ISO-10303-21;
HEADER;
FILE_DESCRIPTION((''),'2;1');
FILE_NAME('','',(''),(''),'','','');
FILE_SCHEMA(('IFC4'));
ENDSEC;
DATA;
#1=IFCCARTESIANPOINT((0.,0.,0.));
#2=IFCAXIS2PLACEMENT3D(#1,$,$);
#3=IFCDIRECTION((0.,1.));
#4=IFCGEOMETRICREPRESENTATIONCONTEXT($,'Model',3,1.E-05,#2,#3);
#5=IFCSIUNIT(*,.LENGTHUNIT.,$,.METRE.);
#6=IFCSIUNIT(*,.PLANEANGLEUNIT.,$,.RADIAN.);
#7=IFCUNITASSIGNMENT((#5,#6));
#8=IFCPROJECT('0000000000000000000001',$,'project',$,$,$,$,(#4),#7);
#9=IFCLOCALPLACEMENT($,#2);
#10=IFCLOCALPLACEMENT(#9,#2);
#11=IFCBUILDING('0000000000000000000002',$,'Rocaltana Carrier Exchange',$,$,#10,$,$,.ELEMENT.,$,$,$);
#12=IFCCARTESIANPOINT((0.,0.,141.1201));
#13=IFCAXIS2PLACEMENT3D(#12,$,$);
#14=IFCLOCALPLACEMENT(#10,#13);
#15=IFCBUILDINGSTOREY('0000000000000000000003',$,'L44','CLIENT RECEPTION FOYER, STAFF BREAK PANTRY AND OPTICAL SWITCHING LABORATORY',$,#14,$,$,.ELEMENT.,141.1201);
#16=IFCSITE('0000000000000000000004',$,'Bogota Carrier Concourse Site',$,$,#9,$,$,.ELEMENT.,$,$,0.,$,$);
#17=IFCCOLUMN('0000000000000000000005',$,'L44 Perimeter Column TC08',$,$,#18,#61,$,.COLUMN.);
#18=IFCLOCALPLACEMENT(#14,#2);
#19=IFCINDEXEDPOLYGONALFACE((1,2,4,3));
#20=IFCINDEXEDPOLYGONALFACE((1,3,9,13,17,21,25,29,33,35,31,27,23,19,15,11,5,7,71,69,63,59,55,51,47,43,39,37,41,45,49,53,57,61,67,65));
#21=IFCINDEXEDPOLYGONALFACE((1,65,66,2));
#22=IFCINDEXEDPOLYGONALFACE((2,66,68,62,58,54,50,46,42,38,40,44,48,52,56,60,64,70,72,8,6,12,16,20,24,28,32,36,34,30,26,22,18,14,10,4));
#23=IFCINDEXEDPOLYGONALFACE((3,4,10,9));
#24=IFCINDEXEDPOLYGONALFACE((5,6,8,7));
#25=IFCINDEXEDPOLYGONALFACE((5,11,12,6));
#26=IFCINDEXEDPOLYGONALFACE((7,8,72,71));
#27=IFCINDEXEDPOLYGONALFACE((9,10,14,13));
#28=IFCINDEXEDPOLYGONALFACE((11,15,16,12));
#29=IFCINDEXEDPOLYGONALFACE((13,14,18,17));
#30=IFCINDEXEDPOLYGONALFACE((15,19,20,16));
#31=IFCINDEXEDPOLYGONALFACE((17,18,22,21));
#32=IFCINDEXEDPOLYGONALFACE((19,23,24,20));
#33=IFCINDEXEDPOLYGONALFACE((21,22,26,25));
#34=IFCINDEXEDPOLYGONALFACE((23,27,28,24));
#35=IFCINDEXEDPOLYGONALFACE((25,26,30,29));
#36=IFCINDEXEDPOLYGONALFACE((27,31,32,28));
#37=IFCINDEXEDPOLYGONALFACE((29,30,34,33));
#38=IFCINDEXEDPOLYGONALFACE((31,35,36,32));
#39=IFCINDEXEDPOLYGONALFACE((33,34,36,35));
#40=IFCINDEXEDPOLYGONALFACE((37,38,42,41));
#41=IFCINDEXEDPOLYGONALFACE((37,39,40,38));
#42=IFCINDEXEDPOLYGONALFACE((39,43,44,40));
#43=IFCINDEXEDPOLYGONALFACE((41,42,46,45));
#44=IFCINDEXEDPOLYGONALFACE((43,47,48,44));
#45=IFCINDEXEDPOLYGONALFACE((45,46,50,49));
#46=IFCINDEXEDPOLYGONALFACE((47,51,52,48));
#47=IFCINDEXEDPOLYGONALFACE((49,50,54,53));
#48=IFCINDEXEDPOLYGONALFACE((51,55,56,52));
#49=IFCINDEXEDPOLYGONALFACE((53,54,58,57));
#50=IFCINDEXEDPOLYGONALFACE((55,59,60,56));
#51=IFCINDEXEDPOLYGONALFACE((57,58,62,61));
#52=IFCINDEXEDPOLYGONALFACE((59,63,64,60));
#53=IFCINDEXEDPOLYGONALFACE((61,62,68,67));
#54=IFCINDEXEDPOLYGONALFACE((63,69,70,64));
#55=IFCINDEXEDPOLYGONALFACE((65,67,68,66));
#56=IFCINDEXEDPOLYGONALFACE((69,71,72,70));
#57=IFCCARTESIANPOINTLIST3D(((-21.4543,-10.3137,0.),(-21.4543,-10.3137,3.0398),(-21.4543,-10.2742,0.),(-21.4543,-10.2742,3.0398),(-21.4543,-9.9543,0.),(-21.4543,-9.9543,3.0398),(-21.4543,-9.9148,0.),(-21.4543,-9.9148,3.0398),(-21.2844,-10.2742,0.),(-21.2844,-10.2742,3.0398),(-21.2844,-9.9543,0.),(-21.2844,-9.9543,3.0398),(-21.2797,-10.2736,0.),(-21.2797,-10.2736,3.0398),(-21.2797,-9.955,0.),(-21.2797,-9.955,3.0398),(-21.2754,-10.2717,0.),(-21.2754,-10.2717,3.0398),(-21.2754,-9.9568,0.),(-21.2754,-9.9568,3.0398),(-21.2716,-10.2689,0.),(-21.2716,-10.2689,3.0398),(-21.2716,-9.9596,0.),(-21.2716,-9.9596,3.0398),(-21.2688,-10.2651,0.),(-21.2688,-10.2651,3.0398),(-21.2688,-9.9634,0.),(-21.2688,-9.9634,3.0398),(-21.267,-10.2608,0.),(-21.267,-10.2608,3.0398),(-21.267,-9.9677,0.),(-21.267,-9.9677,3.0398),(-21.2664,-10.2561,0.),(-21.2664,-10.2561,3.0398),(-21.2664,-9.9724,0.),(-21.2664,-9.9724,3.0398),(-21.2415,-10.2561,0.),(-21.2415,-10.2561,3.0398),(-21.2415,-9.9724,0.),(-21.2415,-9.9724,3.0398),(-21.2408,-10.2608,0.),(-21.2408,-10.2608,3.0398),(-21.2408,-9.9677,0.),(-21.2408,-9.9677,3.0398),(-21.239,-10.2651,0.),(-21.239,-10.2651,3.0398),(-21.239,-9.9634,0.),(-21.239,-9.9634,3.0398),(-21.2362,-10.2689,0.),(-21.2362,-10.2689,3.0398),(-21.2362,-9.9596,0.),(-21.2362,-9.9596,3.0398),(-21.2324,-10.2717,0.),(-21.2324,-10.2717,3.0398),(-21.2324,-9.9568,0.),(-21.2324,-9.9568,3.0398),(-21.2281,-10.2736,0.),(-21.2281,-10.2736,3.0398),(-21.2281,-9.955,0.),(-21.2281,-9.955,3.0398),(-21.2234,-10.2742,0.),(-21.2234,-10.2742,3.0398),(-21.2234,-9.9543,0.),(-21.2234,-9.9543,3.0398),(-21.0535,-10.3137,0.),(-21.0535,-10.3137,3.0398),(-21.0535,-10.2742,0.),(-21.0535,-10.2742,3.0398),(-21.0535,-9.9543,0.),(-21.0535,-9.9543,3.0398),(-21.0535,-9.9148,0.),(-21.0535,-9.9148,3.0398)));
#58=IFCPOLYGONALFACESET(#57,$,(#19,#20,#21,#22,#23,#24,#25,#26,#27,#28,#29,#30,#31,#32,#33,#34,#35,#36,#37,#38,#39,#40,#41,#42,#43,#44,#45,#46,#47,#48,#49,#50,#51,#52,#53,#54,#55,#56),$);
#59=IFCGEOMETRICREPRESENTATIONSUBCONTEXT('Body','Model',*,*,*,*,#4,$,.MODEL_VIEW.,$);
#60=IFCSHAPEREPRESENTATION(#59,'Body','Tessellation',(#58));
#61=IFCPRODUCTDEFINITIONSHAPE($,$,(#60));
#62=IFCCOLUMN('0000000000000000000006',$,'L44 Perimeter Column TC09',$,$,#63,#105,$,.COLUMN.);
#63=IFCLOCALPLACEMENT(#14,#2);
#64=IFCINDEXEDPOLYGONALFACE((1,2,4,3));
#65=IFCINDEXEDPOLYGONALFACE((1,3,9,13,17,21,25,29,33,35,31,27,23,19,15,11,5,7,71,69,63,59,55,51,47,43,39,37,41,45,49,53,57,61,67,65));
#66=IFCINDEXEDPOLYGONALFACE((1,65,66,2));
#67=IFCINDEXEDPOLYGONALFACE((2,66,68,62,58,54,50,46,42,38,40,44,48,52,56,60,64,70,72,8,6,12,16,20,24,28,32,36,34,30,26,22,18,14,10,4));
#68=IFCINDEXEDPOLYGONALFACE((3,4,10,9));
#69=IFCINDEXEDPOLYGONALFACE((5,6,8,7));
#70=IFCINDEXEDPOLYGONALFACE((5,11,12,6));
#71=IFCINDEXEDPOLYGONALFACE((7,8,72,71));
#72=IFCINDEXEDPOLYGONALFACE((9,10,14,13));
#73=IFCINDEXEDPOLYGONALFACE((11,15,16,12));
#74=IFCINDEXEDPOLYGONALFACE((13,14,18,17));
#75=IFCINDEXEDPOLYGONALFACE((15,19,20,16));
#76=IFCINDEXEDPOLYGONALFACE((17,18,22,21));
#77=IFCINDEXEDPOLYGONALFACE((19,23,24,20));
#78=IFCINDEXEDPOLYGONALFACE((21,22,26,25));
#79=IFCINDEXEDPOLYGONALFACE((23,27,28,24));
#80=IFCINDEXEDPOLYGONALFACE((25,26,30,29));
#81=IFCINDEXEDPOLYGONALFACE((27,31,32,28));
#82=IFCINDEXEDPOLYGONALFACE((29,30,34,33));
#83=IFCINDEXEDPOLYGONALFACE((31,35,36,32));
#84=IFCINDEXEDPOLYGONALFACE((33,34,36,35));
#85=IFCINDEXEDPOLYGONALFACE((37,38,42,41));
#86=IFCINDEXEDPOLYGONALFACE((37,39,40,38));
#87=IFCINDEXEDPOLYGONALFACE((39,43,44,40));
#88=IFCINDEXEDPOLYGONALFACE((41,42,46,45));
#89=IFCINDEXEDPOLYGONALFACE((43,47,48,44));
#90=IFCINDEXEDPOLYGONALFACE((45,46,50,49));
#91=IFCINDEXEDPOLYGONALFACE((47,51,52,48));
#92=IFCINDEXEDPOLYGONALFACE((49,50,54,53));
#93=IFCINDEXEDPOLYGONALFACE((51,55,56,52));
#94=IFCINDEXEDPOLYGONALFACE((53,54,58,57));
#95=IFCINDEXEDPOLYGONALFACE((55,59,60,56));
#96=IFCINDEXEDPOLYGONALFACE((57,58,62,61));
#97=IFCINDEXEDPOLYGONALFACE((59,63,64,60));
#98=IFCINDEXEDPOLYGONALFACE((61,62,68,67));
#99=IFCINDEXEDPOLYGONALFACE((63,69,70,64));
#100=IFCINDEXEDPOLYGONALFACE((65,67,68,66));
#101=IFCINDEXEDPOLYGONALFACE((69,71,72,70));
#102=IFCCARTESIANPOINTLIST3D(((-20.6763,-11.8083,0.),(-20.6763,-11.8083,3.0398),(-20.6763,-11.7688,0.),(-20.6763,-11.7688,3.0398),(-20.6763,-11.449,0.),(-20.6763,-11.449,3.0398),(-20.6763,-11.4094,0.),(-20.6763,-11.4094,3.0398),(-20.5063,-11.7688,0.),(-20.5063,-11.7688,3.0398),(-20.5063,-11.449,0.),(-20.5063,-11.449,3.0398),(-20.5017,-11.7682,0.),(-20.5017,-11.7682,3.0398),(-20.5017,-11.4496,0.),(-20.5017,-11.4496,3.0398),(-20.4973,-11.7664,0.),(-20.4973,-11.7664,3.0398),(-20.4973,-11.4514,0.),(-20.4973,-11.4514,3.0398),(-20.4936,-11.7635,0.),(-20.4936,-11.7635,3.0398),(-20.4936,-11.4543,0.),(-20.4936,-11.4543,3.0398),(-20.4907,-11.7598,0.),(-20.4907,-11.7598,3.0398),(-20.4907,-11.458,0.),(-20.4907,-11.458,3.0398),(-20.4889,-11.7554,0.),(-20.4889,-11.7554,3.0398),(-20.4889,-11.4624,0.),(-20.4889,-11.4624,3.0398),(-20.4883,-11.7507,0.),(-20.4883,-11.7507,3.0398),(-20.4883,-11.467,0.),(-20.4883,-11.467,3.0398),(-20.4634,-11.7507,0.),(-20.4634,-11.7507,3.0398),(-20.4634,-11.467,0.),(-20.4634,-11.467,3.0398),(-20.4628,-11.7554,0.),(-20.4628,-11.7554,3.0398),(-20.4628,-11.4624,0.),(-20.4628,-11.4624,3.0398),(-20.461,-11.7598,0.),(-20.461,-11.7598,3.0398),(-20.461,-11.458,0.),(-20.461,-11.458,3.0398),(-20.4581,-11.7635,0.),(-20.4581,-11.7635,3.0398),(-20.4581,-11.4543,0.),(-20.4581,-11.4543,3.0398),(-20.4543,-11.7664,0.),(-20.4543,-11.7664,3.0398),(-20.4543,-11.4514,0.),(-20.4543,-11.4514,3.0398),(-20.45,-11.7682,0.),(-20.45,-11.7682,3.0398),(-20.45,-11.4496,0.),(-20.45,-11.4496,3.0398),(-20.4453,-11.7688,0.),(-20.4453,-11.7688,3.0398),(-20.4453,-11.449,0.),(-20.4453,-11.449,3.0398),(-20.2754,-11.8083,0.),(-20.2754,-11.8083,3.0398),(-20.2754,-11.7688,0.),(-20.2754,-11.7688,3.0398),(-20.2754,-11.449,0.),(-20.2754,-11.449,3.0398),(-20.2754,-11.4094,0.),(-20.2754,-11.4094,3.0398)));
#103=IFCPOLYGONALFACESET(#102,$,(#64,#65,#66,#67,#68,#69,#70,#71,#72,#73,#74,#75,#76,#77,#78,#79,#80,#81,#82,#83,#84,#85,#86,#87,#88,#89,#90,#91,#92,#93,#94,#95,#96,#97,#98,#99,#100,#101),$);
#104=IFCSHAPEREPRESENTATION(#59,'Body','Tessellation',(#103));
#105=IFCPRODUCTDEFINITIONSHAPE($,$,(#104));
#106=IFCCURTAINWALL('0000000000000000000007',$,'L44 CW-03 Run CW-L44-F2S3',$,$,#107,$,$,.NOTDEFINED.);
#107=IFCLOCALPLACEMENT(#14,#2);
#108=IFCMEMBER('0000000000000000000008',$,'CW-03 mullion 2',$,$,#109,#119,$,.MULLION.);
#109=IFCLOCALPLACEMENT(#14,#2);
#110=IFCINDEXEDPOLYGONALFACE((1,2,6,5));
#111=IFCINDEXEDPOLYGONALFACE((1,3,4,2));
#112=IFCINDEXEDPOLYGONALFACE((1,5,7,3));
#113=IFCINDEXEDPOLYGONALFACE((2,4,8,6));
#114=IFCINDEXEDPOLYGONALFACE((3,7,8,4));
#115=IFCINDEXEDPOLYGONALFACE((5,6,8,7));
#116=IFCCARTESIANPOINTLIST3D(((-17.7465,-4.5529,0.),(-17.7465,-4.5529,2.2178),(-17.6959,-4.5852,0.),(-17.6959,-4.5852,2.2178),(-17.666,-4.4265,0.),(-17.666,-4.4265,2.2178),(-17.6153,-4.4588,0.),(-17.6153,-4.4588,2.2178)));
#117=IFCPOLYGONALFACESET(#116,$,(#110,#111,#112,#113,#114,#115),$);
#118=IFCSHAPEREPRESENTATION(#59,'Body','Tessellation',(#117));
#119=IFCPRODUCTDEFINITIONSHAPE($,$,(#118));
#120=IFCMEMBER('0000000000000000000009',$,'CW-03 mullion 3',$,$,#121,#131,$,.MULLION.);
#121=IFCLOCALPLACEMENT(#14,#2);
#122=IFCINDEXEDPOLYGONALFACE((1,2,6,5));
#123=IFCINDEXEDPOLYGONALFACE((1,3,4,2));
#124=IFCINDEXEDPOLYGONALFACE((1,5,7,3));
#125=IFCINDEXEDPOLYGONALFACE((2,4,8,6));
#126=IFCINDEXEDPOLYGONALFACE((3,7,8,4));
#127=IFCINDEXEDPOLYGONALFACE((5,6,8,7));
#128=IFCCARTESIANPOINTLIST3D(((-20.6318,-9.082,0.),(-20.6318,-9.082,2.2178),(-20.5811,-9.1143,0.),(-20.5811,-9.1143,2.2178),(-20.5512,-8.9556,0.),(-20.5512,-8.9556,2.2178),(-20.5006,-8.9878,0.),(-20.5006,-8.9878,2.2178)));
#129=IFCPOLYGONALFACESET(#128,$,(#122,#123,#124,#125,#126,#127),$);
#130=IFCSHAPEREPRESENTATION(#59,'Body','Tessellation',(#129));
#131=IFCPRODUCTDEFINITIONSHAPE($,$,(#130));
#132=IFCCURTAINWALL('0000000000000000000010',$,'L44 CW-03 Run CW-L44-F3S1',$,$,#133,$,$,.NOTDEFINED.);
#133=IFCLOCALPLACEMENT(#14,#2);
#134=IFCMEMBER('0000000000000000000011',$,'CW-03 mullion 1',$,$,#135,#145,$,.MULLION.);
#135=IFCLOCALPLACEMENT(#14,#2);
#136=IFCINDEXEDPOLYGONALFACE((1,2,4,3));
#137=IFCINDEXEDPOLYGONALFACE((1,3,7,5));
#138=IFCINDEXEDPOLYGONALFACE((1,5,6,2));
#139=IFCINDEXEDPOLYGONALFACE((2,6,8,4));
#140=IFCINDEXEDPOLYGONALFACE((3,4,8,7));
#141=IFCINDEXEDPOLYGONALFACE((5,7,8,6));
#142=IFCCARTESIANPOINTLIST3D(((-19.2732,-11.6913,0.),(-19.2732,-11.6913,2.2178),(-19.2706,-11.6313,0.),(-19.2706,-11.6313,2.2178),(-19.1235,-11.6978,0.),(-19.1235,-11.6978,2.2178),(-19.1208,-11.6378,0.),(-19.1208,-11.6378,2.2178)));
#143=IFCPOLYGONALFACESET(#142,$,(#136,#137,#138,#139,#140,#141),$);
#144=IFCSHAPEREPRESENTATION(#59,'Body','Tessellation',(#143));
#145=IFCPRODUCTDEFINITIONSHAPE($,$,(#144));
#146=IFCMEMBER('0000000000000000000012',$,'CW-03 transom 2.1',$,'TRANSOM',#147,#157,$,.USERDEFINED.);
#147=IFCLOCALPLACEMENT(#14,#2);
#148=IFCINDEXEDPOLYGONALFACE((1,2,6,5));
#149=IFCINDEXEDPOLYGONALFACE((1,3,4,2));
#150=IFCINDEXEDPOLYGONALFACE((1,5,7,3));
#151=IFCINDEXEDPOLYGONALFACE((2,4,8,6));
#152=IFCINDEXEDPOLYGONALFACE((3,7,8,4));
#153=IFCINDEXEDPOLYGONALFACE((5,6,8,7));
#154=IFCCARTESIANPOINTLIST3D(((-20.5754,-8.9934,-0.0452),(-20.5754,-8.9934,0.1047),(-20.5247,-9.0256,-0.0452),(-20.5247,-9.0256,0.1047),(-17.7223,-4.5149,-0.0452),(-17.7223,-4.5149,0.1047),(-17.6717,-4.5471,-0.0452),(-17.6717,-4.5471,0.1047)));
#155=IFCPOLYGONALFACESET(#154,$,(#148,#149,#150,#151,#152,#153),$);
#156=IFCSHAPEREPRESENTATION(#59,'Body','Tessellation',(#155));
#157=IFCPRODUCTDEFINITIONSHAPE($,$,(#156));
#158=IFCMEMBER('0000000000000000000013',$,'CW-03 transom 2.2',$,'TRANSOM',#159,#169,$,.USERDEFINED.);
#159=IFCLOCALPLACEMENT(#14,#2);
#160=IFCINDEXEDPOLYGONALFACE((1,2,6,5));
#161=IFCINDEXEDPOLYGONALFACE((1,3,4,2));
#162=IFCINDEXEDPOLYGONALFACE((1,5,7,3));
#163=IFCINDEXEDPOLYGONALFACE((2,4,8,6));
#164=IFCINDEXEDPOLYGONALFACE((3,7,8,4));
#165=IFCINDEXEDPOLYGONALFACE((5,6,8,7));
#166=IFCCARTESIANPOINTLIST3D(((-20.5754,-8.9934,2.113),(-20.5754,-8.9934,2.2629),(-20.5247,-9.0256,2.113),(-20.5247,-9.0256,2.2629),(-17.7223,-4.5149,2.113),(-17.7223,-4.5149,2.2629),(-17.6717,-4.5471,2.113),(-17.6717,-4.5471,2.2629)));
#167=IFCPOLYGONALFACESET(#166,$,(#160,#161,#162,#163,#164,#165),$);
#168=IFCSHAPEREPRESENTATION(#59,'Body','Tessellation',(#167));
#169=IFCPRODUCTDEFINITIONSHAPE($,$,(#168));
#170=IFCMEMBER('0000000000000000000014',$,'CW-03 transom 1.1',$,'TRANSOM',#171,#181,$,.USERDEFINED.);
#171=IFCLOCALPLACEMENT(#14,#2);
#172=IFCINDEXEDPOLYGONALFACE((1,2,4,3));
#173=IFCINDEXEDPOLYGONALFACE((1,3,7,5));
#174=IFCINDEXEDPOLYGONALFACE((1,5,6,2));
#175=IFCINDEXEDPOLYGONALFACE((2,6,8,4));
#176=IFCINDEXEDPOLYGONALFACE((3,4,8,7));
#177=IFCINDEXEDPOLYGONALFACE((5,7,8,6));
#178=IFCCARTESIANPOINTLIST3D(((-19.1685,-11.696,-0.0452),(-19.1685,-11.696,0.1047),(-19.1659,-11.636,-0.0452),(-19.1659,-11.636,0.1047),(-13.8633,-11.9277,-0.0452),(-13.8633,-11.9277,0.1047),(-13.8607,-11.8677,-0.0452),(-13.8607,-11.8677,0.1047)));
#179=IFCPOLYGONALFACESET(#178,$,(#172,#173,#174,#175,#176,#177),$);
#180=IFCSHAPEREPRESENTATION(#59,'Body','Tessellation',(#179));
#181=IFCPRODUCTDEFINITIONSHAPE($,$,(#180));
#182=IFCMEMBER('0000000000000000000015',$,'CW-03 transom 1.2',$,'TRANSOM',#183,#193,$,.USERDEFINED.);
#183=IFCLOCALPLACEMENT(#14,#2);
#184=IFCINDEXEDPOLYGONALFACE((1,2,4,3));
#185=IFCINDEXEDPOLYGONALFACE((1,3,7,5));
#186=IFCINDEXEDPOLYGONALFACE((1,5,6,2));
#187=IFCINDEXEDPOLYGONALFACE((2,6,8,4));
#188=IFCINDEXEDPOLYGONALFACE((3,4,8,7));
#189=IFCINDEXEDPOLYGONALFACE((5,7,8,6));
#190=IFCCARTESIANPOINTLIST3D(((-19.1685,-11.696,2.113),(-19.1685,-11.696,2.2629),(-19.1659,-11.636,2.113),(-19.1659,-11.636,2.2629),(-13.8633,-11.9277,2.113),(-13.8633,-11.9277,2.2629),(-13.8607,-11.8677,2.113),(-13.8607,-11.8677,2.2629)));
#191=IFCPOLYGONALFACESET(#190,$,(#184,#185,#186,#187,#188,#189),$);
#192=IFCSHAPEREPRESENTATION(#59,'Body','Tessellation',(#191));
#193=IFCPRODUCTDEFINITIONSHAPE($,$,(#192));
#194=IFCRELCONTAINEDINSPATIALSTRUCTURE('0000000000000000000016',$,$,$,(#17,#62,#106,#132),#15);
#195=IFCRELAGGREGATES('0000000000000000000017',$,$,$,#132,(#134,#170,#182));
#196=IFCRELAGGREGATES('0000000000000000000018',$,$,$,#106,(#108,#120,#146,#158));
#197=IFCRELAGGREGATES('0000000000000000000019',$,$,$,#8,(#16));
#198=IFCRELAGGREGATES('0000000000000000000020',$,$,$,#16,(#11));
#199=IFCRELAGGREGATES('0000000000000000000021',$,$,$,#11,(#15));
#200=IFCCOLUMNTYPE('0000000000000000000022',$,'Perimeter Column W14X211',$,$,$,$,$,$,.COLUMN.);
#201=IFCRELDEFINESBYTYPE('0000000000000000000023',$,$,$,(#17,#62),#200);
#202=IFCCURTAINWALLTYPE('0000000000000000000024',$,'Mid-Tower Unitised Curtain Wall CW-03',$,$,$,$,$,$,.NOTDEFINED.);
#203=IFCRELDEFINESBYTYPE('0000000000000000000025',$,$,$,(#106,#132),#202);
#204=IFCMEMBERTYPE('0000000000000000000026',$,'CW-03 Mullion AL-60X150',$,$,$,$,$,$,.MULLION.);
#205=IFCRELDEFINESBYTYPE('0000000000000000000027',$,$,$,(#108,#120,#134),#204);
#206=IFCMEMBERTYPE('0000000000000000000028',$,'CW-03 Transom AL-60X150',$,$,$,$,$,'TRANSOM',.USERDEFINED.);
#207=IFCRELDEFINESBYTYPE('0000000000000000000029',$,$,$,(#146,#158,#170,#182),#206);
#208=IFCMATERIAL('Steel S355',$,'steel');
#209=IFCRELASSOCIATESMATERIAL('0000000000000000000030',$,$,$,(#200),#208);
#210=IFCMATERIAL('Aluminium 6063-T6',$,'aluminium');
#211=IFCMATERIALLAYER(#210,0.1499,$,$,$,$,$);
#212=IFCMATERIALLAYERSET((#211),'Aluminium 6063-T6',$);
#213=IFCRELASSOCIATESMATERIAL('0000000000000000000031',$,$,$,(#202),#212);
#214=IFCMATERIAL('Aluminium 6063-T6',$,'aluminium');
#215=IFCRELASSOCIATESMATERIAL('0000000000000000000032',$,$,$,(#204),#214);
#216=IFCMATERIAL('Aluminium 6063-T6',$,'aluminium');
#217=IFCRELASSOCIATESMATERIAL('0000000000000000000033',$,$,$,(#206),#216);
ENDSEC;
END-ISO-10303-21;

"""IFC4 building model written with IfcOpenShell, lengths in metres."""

from ifc_helpers import new_model, si_unit, direction, frame, origin, origin_2d, place, context, subcontext, project, spatial, rectangle, i_section, extrude, material, layer, layer_set, material_profile, profile_set, type_object, element, aggregate, save


model = new_model("IFC4")

# Units and contexts
model_context = context("Model", 3, precision=1e-05, world=origin(), true_north=direction((0.0, 1.0)))
body_context = subcontext(model_context, "Body", "Model", "MODEL_VIEW")
ifc_project = project(units=[si_unit("LENGTHUNIT", "METRE"), si_unit("PLANEANGLEUNIT", "RADIAN")], contexts=[model_context])

# Site, building, storey
site_placement = place(None, origin())
site = spatial("IfcSite", under=ifc_project, at=site_placement, Name="Bogota Carrier Concourse Site", CompositionType="ELEMENT", RefElevation=0.0)
building_placement = place(site_placement, origin())
building = spatial("IfcBuilding", under=site, at=building_placement, Name="Rocaltana Carrier Exchange", CompositionType="ELEMENT")
storey_placement = place(building_placement, frame((0.0, 0.0, 141.1201)))
storey = spatial("IfcBuildingStorey", under=building, at=storey_placement, Name="L44", Description="CLIENT RECEPTION FOYER, STAFF BREAK PANTRY AND OPTICAL SWITCHING LABORATORY", CompositionType="ELEMENT", Elevation=141.1201)

# Columns
ifc_material_1 = material(Name="Steel S355", Category="steel")
ifc_material_profile_1 = material_profile(ifc_material_1, i_section(OverallWidth=0.4009, OverallDepth=0.3989, WebThickness=0.0249, FlangeThickness=0.0396, FilletRadius=0.0181, at=origin_2d()), Name="W14X211")
ifc_profile_set_1 = profile_set([ifc_material_profile_1], Name="Steel S355")
column_type = type_object("IfcColumnType", Name="Perimeter Column W14X211", PredefinedType="COLUMN", material=ifc_profile_set_1)
for number, where, z_axis, x_axis, name in (
    (1, (-21.2539, -10.1143, 0.0), (0.0, 0.0, 1.0), (1.0, 0.0, 0.0), "L44 Perimeter Column TC08"),
    (2, (-20.4758, -11.6089, 0.0), (0.0, 0.0, 1.0), (1.0, 0.0, 0.0), "L44 Perimeter Column TC09"),
):
    element("IfcColumn", number, at=place(storey_placement, frame(where, z_axis=z_axis, x_axis=x_axis)), inside=storey, type_object=column_type, Name=name, PredefinedType="COLUMN", context=body_context, shape_type="SweptSolid", body=[
        extrude(i_section(OverallWidth=0.4009, OverallDepth=0.3989, WebThickness=0.0249, FlangeThickness=0.0396, FilletRadius=0.0181, at=origin_2d()), origin(), (0.0, 0.0, 1.0), 3.0398),
    ])

# Curtain wall, members
ifc_material_2 = material(Name="Aluminium 6063-T6", Category="aluminium")
ifc_layer_1 = layer(ifc_material_2, 0.1499)
ifc_layer_set_1 = layer_set([ifc_layer_1], Name="Aluminium 6063-T6")
curtain_wall_type = type_object("IfcCurtainWallType", Name="Mid-Tower Unitised Curtain Wall CW-03", PredefinedType="NOTDEFINED", material=ifc_layer_set_1)
curtain_wall_1_placement = place(storey_placement, origin())
curtain_wall_1 = element("IfcCurtainWall", 3, at=curtain_wall_1_placement, inside=storey, type_object=curtain_wall_type, Name="L44 CW-03 Run CW-L44-F2S3", PredefinedType="NOTDEFINED")
ifc_material_3 = material(Name="Aluminium 6063-T6", Category="aluminium")
ifc_material_profile_2 = material_profile(ifc_material_3, rectangle(XDim=0.0601, YDim=0.1499, at=origin_2d()), Name="AL-60X150")
ifc_profile_set_2 = profile_set([ifc_material_profile_2], Name="Aluminium 6063-T6")
member_type_1 = type_object("IfcMemberType", Name="CW-03 Mullion AL-60X150", PredefinedType="MULLION", material=ifc_profile_set_2)
member_1_placement = place(storey_placement, frame((-17.6809, -4.5059, 0.0), z_axis=(0.0, 0.0, 1.0), x_axis=(0.843391, -0.537301, 0.0)))
member_1 = element("IfcMember", 4, at=member_1_placement, type_object=member_type_1, Name="CW-03 mullion 2", PredefinedType="MULLION", context=body_context, shape_type="SweptSolid", body=[
    extrude(rectangle(XDim=0.0601, YDim=0.1499, at=origin_2d()), origin(), (0.0, 0.0, 1.0), 2.2178),
])
member_2_placement = place(storey_placement, frame((-20.5662, -9.0349, 0.0), z_axis=(0.0, 0.0, 1.0), x_axis=(0.843391, -0.537301, 0.0)))
member_2 = element("IfcMember", 5, at=member_2_placement, type_object=member_type_1, Name="CW-03 mullion 3", PredefinedType="MULLION", context=body_context, shape_type="SweptSolid", body=[
    extrude(rectangle(XDim=0.0601, YDim=0.1499, at=origin_2d()), origin(), (0.0, 0.0, 1.0), 2.2178),
])

# Curtain wall, member
curtain_wall_2_placement = place(storey_placement, origin())
curtain_wall_2 = element("IfcCurtainWall", 6, at=curtain_wall_2_placement, inside=storey, type_object=curtain_wall_type, Name="L44 CW-03 Run CW-L44-F3S1", PredefinedType="NOTDEFINED")
member_3_placement = place(storey_placement, frame((-19.197, -11.6646, 0.0), z_axis=(0.0, 0.0, 1.0), x_axis=(0.043629, 0.999048, 0.0)))
member_3 = element("IfcMember", 7, at=member_3_placement, type_object=member_type_1, Name="CW-03 mullion 1", PredefinedType="MULLION", context=body_context, shape_type="SweptSolid", body=[
    extrude(rectangle(XDim=0.0601, YDim=0.1499, at=origin_2d()), origin(), (0.0, 0.0, 1.0), 2.2178),
])

# Members
ifc_material_4 = material(Name="Aluminium 6063-T6", Category="aluminium")
ifc_material_profile_3 = material_profile(ifc_material_4, rectangle(XDim=0.0601, YDim=0.1499, at=origin_2d()), Name="AL-60X150")
ifc_profile_set_3 = profile_set([ifc_material_profile_3], Name="Aluminium 6063-T6")
member_type_2 = type_object("IfcMemberType", Name="CW-03 Transom AL-60X150", ElementType="TRANSOM", PredefinedType="USERDEFINED", material=ifc_profile_set_3)
member_4_placement = place(storey_placement, frame((-17.697, -4.531, 0.0298), z_axis=(-0.537286, -0.8434, 0.0), x_axis=(0.8434, -0.537286, 0.0)))
member_4 = element("IfcMember", 8, at=member_4_placement, type_object=member_type_2, Name="CW-03 transom 2.1", ObjectType="TRANSOM", PredefinedType="USERDEFINED", context=body_context, shape_type="SweptSolid", body=[
    extrude(rectangle(XDim=0.0601, YDim=0.1499, at=origin_2d()), origin(), (0.0, 0.0, 1.0), 5.3101),
])
member_5_placement = place(storey_placement, frame((-17.697, -4.531, 2.188), z_axis=(-0.537286, -0.8434, 0.0), x_axis=(0.8434, -0.537286, 0.0)))
member_5 = element("IfcMember", 9, at=member_5_placement, type_object=member_type_2, Name="CW-03 transom 2.2", ObjectType="TRANSOM", PredefinedType="USERDEFINED", context=body_context, shape_type="SweptSolid", body=[
    extrude(rectangle(XDim=0.0601, YDim=0.1499, at=origin_2d()), origin(), (0.0, 0.0, 1.0), 5.3101),
])
member_6_placement = place(storey_placement, frame((-19.1672, -11.666, 0.0298), z_axis=(0.999048, -0.043631, 0.0), x_axis=(0.043631, 0.999048, 0.0)))
member_6 = element("IfcMember", 10, at=member_6_placement, type_object=member_type_2, Name="CW-03 transom 1.1", ObjectType="TRANSOM", PredefinedType="USERDEFINED", context=body_context, shape_type="SweptSolid", body=[
    extrude(rectangle(XDim=0.0601, YDim=0.1499, at=origin_2d()), origin(), (0.0, 0.0, 1.0), 5.3103),
])
member_7_placement = place(storey_placement, frame((-19.1672, -11.666, 2.188), z_axis=(0.999048, -0.043631, 0.0), x_axis=(0.043631, 0.999048, 0.0)))
member_7 = element("IfcMember", 11, at=member_7_placement, type_object=member_type_2, Name="CW-03 transom 1.2", ObjectType="TRANSOM", PredefinedType="USERDEFINED", context=body_context, shape_type="SweptSolid", body=[
    extrude(rectangle(XDim=0.0601, YDim=0.1499, at=origin_2d()), origin(), (0.0, 0.0, 1.0), 5.3103),
])
aggregate(curtain_wall_2, [member_3, member_6, member_7])

aggregate(curtain_wall_1, [member_1, member_2, member_4, member_5])

save(model, "model.ifc")
